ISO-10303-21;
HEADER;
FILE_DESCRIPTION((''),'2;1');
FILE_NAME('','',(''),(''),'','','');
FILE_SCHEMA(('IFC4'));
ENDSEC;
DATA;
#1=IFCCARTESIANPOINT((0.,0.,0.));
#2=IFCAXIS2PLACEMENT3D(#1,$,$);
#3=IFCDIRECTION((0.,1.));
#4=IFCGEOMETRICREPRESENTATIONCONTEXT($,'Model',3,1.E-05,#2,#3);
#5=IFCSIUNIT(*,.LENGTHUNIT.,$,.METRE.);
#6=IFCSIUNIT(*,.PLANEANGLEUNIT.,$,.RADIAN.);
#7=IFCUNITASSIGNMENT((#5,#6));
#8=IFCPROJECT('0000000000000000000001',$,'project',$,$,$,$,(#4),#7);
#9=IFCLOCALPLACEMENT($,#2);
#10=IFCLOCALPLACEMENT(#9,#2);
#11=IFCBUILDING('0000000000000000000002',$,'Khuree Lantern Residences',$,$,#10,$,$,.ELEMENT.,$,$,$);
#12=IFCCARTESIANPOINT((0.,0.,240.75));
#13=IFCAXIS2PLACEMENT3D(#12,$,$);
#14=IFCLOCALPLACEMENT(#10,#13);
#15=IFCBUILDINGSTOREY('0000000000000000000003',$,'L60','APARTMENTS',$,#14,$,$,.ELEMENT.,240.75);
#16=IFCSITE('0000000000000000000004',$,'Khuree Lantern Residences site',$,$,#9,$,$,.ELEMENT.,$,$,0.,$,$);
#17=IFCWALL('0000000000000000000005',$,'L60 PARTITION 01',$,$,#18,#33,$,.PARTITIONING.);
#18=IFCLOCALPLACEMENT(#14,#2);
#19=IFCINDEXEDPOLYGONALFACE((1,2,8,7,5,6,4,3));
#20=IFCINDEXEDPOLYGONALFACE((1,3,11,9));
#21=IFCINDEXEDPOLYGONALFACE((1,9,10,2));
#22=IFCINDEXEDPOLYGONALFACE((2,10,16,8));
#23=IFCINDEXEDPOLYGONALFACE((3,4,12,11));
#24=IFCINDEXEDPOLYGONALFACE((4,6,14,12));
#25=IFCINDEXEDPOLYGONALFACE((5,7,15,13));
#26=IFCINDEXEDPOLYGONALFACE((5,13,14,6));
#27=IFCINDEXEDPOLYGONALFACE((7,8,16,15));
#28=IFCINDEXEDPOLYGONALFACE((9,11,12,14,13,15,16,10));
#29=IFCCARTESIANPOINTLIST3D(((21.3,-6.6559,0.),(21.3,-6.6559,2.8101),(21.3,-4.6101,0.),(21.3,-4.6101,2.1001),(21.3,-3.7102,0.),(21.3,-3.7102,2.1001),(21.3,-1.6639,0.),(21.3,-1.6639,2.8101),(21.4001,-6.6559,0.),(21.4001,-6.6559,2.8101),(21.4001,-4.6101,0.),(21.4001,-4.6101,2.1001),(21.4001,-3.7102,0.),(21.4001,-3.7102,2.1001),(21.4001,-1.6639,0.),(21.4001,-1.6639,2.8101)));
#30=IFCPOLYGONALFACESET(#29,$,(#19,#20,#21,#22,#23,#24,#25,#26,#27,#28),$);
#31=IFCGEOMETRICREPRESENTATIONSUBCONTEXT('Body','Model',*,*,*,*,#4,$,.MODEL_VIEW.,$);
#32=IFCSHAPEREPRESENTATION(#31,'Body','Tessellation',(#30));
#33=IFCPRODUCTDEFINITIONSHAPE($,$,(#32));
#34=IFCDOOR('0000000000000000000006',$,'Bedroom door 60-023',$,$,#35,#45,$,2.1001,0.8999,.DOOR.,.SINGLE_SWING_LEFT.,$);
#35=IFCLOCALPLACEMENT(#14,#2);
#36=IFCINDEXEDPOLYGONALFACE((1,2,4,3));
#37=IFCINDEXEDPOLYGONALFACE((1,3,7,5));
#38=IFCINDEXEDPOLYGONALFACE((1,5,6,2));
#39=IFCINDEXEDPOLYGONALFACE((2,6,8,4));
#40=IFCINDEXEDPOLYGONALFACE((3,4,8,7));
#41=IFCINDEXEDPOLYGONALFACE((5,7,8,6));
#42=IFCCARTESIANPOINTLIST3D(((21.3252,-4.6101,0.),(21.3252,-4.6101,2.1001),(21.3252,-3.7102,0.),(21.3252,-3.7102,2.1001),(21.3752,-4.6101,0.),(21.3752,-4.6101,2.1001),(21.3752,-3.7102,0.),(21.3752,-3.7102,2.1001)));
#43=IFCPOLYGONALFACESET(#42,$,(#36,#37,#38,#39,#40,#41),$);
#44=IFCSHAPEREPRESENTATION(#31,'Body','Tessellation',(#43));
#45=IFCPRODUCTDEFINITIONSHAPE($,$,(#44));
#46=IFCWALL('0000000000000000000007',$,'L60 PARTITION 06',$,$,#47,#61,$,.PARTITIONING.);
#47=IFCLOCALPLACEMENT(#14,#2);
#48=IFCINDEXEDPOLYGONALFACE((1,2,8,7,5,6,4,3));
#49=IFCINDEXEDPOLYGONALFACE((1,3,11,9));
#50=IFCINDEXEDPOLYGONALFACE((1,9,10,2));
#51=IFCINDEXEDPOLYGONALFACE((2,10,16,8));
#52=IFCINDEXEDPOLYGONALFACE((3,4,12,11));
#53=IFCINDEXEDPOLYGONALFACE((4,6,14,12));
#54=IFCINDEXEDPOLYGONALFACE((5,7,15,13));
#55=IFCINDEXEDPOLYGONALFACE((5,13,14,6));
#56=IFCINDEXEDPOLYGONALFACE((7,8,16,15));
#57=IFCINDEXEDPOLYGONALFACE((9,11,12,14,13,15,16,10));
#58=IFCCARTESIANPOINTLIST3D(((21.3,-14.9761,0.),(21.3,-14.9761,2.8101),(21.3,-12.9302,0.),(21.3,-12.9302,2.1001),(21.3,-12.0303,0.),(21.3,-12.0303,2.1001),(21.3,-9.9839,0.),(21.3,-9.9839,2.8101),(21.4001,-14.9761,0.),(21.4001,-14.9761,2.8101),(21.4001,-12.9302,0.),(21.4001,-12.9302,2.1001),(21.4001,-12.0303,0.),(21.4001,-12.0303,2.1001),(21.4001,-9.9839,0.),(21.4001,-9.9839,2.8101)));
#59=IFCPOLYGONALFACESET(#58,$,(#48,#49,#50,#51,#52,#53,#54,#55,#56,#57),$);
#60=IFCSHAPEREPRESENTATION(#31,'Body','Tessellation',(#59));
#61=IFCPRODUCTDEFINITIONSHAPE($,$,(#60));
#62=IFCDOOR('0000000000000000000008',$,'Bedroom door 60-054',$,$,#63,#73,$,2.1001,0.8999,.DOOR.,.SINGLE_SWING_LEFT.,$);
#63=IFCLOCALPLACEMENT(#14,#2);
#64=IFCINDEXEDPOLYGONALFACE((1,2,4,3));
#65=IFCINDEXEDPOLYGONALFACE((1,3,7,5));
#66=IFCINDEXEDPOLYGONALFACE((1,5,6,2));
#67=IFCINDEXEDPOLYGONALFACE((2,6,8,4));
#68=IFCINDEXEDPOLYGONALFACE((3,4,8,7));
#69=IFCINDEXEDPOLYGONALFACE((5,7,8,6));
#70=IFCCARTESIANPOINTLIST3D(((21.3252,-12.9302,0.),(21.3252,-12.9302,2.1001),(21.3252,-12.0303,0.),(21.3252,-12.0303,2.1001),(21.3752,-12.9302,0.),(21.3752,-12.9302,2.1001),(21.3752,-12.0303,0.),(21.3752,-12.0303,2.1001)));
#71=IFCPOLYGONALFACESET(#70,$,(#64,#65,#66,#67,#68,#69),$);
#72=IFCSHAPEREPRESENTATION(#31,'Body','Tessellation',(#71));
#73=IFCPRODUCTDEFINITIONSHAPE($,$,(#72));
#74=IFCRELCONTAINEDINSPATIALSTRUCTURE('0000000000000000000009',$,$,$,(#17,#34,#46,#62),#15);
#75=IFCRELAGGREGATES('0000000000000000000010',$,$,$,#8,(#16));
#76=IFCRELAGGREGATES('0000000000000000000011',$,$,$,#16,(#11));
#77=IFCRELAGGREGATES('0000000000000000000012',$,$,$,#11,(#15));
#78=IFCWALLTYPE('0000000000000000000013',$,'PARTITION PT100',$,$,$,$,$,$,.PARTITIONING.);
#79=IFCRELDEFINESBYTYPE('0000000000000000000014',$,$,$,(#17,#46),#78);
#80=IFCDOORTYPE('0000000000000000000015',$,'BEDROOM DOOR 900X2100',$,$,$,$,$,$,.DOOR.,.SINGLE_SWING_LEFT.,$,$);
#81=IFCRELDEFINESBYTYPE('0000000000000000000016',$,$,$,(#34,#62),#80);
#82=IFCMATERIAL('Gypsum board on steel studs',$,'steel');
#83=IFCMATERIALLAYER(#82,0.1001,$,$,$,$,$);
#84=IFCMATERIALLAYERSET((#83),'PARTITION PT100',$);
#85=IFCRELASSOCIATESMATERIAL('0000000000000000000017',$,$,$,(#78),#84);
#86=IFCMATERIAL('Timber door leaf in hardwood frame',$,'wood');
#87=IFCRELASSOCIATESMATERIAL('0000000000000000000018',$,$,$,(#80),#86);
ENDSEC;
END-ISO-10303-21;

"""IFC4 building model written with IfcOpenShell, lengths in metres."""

from ifc_helpers import new_model, si_unit, direction, frame, frame_2d, origin, place, context, subcontext, project, spatial, rectangle, extrude, material, layer, layer_set, type_object, element, fill, save


model = new_model("IFC4")

# Units and contexts
model_context = context("Model", 3, precision=1e-05, world=origin(), true_north=direction((0.0, 1.0)))
body_context = subcontext(model_context, "Body", "Model", "MODEL_VIEW")
ifc_project = project(units=[si_unit("LENGTHUNIT", "METRE"), si_unit("PLANEANGLEUNIT", "RADIAN")], contexts=[model_context])

# Site, building, storey
site_placement = place(None, origin())
site = spatial("IfcSite", under=ifc_project, at=site_placement, Name="Khuree Lantern Residences site", CompositionType="ELEMENT", RefElevation=0.0)
building_placement = place(site_placement, origin())
building = spatial("IfcBuilding", under=site, at=building_placement, Name="Khuree Lantern Residences", CompositionType="ELEMENT")
storey_placement = place(building_placement, frame((0.0, 0.0, 240.75)))
storey = spatial("IfcBuildingStorey", under=building, at=storey_placement, Name="L60", Description="APARTMENTS", CompositionType="ELEMENT", Elevation=240.75)

# Shared definitions
ifc_material_1 = material(Name="Timber door leaf in hardwood frame", Category="wood")

# Shared definitions
ifc_material_2 = material(Name="Gypsum board on steel studs", Category="steel")

# Shared definitions
ifc_layer_1 = layer(ifc_material_2, 0.1001)
ifc_layer_set_1 = layer_set([ifc_layer_1], Name="PARTITION PT100")
wall_type_1 = type_object("IfcWallType", Name="PARTITION PT100", PredefinedType="PARTITIONING", material=ifc_layer_set_1)

# Walls, openings, doors
wall_1_placement = place(storey_placement, frame((21.3501, -6.656, 0.0), z_axis=(0.0, 0.0, 1.0), x_axis=(0.0, 1.0, 0.0)))
wall_1 = element("IfcWall", 1, at=wall_1_placement, inside=storey, type_object=wall_type_1, Name="L60 PARTITION 01", PredefinedType="PARTITIONING", context=body_context, shape_type="SweptSolid", body=[
    extrude(rectangle(XDim=4.9919, YDim=0.1001, at=frame_2d((2.4961, 0.0))), origin(), (0.0, 0.0, 1.0), 2.8101),
])
opening_1_placement = place(wall_1_placement, frame((2.0459, 0.0, 0.0)))
opening_1 = element("IfcOpeningElement", 2, at=opening_1_placement, cuts=wall_1, PredefinedType="OPENING", context=body_context, shape_type="SweptSolid", body=[
    extrude(rectangle(XDim=0.8999, YDim=2.1001, at=frame_2d((0.45, 1.05))), frame((0.0, 0.0601, 0.0), z_axis=(0.0, -1.0, 0.0), x_axis=(1.0, 0.0, 0.0)), (0.0, 0.0, 1.0), 0.1201),
])
door_type_1 = type_object("IfcDoorType", Name="BEDROOM DOOR 900X2100", OperationType="SINGLE_SWING_LEFT", PredefinedType="DOOR", material=ifc_material_1)
door_1_placement = place(opening_1_placement, origin())
door_1 = element("IfcDoor", 3, at=door_1_placement, inside=storey, type_object=door_type_1, Name="Bedroom door 60-023", OperationType="SINGLE_SWING_LEFT", OverallHeight=2.1001, OverallWidth=0.8999, PredefinedType="DOOR", context=body_context, shape_type="SweptSolid", body=[
    extrude(rectangle(XDim=0.8999, YDim=2.1001, at=frame_2d((0.45, 1.05))), frame((0.0, 0.0249, 0.0), z_axis=(0.0, -1.0, 0.0), x_axis=(1.0, 0.0, 0.0)), (0.0, 0.0, 1.0), 0.05),
])
fill(opening_1, door_1)
wall_2_placement = place(storey_placement, frame((21.3501, -14.9761, 0.0), z_axis=(0.0, 0.0, 1.0), x_axis=(0.0, 1.0, 0.0)))
wall_2 = element("IfcWall", 4, at=wall_2_placement, inside=storey, type_object=wall_type_1, Name="L60 PARTITION 06", PredefinedType="PARTITIONING", context=body_context, shape_type="SweptSolid", body=[
    extrude(rectangle(XDim=4.9922, YDim=0.1001, at=frame_2d((2.4961, 0.0))), origin(), (0.0, 0.0, 1.0), 2.8101),
])
opening_2_placement = place(wall_2_placement, frame((2.0459, 0.0, 0.0)))
opening_2 = element("IfcOpeningElement", 5, at=opening_2_placement, cuts=wall_2, PredefinedType="OPENING", context=body_context, shape_type="SweptSolid", body=[
    extrude(rectangle(XDim=0.8999, YDim=2.1001, at=frame_2d((0.45, 1.05))), frame((0.0, 0.0601, 0.0), z_axis=(0.0, -1.0, 0.0), x_axis=(1.0, 0.0, 0.0)), (0.0, 0.0, 1.0), 0.1201),
])
door_2_placement = place(opening_2_placement, origin())
door_2 = element("IfcDoor", 6, at=door_2_placement, inside=storey, type_object=door_type_1, Name="Bedroom door 60-054", OperationType="SINGLE_SWING_LEFT", OverallHeight=2.1001, OverallWidth=0.8999, PredefinedType="DOOR", context=body_context, shape_type="SweptSolid", body=[
    extrude(rectangle(XDim=0.8999, YDim=2.1001, at=frame_2d((0.45, 1.05))), frame((0.0, 0.0249, 0.0), z_axis=(0.0, -1.0, 0.0), x_axis=(1.0, 0.0, 0.0)), (0.0, 0.0, 1.0), 0.05),
])
fill(opening_2, door_2)

save(model, "model.ifc")
